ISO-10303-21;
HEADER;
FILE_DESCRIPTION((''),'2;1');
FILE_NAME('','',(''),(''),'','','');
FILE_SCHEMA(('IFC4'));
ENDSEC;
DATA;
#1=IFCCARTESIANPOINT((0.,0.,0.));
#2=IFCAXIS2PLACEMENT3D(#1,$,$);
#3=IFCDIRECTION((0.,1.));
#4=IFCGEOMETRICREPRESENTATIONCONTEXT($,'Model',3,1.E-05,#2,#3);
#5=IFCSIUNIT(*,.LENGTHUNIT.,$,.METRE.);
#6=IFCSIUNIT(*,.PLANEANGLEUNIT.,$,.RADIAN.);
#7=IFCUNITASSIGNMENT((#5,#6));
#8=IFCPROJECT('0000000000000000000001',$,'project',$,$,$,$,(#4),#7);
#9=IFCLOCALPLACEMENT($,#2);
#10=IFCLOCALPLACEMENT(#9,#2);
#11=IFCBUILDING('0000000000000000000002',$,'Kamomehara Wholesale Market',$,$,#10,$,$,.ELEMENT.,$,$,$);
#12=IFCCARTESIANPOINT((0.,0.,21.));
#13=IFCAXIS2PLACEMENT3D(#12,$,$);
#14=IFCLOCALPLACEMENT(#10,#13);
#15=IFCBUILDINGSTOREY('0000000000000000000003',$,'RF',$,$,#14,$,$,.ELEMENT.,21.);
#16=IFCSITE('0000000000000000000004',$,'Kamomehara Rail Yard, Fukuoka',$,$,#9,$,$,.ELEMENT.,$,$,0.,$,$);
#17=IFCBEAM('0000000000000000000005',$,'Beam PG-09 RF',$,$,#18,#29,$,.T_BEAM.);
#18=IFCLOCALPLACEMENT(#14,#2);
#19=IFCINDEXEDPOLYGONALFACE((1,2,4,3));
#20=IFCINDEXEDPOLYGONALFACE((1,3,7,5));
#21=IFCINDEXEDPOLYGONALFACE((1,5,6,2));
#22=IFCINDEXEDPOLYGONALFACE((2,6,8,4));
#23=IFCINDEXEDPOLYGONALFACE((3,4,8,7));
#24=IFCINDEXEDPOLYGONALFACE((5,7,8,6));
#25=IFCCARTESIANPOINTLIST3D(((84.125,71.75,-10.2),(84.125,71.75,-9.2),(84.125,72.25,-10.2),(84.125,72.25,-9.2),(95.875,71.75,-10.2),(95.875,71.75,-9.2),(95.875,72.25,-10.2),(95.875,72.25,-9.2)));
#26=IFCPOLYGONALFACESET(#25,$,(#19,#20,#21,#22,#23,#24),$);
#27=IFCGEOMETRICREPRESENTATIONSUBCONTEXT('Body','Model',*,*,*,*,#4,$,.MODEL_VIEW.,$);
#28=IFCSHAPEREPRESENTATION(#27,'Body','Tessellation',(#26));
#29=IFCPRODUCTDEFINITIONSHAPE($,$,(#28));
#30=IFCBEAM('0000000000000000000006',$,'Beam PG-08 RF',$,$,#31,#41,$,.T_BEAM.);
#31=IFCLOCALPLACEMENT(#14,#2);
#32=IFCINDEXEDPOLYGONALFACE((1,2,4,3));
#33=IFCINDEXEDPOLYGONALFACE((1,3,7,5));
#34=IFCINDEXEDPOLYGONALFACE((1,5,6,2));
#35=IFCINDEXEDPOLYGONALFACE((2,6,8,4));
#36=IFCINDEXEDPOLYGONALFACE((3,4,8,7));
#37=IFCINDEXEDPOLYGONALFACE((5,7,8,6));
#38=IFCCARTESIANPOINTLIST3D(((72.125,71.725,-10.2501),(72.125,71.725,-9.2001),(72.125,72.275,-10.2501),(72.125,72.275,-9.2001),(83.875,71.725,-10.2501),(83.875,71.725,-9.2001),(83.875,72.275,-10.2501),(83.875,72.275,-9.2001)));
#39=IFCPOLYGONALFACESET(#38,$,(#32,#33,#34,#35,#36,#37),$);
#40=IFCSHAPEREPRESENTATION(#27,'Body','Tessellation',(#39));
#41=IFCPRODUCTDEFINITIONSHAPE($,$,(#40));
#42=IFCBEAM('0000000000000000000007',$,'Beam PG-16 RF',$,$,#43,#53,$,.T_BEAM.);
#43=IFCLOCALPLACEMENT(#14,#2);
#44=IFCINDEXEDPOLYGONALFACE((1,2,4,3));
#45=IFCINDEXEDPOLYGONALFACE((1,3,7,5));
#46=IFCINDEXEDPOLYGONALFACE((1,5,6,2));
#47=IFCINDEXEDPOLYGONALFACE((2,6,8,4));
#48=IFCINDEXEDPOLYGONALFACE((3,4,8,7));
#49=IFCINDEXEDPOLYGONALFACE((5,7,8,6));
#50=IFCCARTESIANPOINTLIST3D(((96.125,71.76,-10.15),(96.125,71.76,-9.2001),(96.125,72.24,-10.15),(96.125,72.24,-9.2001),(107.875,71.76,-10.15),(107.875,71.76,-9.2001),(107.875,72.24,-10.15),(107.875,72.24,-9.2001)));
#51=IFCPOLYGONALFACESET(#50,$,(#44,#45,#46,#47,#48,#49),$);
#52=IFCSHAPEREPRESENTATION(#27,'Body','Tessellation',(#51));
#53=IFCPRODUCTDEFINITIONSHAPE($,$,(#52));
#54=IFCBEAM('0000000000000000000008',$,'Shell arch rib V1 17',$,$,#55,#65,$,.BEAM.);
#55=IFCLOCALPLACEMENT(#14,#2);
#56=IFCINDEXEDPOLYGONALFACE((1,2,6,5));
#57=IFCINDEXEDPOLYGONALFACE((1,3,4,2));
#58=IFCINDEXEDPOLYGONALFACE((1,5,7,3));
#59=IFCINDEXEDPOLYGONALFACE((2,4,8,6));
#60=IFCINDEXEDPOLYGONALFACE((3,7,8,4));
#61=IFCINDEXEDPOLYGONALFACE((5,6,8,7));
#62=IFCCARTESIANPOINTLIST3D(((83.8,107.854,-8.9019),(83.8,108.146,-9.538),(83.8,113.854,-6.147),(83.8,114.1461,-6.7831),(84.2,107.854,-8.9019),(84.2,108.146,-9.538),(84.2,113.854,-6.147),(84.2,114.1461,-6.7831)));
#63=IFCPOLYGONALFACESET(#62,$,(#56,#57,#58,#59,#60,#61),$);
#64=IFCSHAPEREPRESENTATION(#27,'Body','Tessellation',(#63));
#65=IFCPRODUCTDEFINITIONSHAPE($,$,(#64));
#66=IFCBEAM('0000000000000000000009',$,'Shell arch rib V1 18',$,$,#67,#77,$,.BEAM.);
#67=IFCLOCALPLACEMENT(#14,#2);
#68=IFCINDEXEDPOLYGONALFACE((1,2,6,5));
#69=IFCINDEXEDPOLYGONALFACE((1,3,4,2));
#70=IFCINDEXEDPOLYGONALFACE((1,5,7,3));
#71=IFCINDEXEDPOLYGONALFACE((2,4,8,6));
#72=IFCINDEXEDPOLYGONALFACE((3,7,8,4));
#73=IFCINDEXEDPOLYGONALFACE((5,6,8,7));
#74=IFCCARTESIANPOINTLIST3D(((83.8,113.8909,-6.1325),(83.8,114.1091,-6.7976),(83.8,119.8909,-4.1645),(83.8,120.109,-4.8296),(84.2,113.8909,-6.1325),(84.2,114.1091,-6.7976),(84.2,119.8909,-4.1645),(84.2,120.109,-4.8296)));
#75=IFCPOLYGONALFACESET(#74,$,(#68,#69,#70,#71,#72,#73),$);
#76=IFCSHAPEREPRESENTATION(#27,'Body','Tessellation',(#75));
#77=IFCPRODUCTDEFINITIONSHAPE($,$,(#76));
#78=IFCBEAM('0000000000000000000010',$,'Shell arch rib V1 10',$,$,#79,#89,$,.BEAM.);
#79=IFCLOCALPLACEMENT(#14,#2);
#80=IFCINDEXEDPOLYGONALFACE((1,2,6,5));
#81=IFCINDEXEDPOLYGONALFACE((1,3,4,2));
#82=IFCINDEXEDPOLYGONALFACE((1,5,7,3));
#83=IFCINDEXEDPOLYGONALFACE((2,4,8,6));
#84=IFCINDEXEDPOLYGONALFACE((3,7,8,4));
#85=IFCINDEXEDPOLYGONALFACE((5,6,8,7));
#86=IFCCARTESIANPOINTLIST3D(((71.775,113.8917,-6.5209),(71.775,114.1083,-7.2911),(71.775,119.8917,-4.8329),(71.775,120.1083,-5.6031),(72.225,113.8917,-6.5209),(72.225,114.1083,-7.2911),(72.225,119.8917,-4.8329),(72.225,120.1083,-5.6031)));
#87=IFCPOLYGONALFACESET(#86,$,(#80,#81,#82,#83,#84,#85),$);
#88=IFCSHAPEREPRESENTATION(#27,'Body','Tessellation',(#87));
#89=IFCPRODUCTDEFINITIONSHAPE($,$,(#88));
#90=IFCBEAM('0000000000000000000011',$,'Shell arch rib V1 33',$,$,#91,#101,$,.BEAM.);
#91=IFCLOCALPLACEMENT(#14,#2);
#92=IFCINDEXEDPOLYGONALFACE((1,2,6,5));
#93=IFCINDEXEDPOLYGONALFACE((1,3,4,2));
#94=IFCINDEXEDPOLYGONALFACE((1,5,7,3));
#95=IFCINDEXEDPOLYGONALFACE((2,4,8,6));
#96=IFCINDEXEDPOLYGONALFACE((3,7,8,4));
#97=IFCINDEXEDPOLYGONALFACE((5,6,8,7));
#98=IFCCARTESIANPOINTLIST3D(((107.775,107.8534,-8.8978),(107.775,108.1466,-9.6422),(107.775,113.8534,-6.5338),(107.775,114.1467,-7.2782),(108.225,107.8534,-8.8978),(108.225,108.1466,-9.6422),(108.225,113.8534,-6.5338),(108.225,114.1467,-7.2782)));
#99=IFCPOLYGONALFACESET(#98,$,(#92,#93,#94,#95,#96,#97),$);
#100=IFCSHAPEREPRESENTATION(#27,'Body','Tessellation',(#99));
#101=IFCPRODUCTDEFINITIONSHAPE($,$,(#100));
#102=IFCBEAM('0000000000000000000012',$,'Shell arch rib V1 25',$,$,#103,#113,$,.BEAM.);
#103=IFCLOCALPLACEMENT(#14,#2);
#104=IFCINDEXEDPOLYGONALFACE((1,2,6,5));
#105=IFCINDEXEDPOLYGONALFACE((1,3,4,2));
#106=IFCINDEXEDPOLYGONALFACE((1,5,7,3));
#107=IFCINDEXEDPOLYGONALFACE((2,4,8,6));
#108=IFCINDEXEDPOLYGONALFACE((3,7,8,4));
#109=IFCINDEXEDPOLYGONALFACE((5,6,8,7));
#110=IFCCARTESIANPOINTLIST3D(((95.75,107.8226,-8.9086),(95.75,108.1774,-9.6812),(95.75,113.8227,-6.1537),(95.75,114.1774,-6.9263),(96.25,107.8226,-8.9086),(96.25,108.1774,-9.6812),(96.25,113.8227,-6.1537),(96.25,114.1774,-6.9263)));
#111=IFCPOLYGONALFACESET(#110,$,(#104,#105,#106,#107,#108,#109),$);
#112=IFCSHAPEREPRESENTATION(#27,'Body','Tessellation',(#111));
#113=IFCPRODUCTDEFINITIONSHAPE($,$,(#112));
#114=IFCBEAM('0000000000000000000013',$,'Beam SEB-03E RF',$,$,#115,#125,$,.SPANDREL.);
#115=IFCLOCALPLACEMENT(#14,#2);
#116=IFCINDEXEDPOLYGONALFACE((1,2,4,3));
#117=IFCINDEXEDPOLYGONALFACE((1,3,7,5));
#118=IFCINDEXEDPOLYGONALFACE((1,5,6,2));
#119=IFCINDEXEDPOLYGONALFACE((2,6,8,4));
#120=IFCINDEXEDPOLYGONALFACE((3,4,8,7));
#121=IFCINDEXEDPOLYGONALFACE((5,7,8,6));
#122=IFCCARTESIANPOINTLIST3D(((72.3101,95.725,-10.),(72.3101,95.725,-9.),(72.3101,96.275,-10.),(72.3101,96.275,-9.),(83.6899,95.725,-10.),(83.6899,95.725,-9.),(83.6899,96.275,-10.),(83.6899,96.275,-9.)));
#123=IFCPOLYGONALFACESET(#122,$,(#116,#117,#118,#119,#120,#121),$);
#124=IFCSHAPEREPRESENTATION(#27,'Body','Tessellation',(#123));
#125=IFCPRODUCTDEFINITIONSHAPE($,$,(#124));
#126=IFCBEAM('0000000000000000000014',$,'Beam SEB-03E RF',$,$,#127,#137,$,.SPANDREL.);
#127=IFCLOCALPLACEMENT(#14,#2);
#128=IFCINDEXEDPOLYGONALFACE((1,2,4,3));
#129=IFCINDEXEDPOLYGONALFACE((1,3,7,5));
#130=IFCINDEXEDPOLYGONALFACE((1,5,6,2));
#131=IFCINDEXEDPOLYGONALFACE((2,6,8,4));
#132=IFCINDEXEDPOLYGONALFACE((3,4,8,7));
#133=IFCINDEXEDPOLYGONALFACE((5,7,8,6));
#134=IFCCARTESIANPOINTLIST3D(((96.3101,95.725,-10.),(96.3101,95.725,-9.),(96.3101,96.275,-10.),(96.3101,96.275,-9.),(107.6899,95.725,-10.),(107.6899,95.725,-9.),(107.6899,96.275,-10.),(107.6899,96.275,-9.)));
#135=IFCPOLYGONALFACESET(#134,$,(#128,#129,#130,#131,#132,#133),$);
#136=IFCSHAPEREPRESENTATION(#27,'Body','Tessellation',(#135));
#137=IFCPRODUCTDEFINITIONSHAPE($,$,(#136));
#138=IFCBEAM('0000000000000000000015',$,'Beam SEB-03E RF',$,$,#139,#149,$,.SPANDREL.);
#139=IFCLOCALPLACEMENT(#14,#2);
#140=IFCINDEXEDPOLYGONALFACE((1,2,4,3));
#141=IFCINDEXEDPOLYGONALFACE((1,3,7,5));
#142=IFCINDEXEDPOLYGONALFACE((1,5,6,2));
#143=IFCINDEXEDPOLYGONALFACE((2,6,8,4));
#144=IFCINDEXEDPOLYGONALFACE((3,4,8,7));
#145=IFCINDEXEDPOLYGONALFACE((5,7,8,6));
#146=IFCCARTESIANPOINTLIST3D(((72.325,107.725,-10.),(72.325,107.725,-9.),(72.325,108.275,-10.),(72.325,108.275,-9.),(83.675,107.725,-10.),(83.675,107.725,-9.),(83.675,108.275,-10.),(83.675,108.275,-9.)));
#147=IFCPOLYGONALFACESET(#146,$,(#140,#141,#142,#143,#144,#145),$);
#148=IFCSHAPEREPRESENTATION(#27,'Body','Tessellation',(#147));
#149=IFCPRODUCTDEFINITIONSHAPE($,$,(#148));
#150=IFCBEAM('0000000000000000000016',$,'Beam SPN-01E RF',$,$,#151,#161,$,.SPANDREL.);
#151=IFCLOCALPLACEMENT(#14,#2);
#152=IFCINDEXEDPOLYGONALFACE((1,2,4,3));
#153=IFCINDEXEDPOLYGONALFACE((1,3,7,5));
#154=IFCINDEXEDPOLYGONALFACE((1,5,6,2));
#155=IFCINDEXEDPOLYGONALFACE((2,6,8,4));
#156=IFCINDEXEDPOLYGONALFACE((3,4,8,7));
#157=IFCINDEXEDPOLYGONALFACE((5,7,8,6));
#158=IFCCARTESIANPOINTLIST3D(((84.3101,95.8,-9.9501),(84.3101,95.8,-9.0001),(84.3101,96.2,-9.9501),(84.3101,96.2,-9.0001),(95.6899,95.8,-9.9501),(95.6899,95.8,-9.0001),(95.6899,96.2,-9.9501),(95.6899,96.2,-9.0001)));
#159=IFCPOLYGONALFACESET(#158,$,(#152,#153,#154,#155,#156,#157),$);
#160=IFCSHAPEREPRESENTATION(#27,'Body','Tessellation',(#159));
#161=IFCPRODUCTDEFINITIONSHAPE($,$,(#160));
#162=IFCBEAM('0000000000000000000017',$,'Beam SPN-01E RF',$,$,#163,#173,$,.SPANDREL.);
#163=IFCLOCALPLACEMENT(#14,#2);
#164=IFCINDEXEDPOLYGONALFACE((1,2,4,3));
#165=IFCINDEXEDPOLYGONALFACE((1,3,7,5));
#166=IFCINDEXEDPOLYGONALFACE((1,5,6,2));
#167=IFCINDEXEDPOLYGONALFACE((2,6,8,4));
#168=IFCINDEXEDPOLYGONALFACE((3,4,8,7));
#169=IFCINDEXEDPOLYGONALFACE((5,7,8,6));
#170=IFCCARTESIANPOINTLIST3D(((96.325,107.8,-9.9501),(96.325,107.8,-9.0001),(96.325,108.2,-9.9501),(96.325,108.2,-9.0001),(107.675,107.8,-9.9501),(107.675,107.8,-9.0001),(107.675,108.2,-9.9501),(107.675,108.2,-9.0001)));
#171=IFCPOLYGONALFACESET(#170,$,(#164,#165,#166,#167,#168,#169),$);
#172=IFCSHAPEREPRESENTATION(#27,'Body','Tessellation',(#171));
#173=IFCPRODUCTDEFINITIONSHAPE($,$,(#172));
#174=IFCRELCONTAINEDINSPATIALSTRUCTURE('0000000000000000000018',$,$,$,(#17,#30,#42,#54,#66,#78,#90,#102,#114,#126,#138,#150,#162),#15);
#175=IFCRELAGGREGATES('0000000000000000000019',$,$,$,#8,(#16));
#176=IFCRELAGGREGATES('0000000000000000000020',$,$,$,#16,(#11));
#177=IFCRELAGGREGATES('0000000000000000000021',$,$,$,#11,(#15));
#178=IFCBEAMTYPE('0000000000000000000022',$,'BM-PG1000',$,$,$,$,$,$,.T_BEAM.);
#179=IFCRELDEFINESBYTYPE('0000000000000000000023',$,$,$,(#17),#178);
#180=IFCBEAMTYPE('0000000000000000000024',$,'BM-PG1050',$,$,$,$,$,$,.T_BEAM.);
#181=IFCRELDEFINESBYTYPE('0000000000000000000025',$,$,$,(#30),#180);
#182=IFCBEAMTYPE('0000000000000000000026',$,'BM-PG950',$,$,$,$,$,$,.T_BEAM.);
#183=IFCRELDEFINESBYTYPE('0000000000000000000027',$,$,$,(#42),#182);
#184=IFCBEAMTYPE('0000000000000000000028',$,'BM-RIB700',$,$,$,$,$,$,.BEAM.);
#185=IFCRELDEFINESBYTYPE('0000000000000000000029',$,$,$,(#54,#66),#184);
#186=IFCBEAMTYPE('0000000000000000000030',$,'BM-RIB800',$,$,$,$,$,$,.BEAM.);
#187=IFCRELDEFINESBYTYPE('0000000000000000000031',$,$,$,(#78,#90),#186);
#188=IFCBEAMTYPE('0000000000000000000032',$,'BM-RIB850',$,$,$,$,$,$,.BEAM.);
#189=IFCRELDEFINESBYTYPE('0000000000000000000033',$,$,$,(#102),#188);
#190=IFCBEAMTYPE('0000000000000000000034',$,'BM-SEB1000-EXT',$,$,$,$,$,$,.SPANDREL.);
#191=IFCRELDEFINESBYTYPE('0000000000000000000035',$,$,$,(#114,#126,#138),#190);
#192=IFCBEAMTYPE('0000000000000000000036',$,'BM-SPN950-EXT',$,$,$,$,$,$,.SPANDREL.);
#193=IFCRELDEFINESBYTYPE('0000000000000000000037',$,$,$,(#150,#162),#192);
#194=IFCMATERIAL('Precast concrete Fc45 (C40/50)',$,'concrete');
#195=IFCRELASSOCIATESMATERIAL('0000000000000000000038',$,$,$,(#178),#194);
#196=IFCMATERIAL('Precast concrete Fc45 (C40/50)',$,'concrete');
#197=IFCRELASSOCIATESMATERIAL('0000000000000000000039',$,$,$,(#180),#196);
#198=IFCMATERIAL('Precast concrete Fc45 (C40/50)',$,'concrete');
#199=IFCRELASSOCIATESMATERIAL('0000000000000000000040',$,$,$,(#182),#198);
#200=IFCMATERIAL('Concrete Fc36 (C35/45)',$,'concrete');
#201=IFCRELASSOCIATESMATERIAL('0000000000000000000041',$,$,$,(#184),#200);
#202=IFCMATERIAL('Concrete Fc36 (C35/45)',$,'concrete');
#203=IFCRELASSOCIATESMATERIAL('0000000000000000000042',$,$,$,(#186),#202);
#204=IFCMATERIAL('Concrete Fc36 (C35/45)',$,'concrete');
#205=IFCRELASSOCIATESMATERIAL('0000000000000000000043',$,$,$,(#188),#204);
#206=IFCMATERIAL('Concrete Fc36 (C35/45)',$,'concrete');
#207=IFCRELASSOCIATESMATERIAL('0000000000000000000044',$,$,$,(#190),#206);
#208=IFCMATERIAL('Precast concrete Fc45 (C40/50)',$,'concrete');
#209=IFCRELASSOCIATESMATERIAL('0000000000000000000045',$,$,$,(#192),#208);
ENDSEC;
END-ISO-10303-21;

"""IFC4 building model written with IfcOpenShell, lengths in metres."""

from ifc_helpers import new_model, si_unit, direction, frame, origin, origin_2d, place, context, subcontext, project, spatial, rectangle, extrude, material, material_profile, profile_set, type_object, element, save


model = new_model("IFC4")

# Units and contexts
model_context = context("Model", 3, precision=1e-05, world=origin(), true_north=direction((0.0, 1.0)))
body_context = subcontext(model_context, "Body", "Model", "MODEL_VIEW")
ifc_project = project(units=[si_unit("LENGTHUNIT", "METRE"), si_unit("PLANEANGLEUNIT", "RADIAN")], contexts=[model_context])

# Site, building, storey
site_placement = place(None, origin())
site = spatial("IfcSite", under=ifc_project, at=site_placement, Name="Kamomehara Rail Yard, Fukuoka", CompositionType="ELEMENT", RefElevation=0.0)
building_placement = place(site_placement, origin())
building = spatial("IfcBuilding", under=site, at=building_placement, Name="Kamomehara Wholesale Market", CompositionType="ELEMENT")
storey_placement = place(building_placement, frame((0.0, 0.0, 21.0)))
storey = spatial("IfcBuildingStorey", under=building, at=storey_placement, Name="RF", CompositionType="ELEMENT", Elevation=21.0)

# Beams
ifc_material_1 = material(Name="Precast concrete Fc45 (C40/50)", Category="concrete")
ifc_material_profile_1 = material_profile(ifc_material_1, rectangle(XDim=0.5, YDim=1.0, at=origin_2d()), Name="PC-GRD-500x1000")
ifc_profile_set_1 = profile_set([ifc_material_profile_1], Name="Precast concrete Fc45 (C40/50)")
beam_type_1 = type_object("IfcBeamType", Name="BM-PG1000", PredefinedType="T_BEAM", material=ifc_profile_set_1)
beam_1_placement = place(storey_placement, frame((84.125, 72.0, -9.7), z_axis=(1.0, 0.0, 0.0), x_axis=(0.0, 1.0, 0.0)))
element("IfcBeam", 1, at=beam_1_placement, inside=storey, type_object=beam_type_1, Name="Beam PG-09 RF", PredefinedType="T_BEAM", context=body_context, shape_type="SweptSolid", body=[
    extrude(rectangle(XDim=0.5, YDim=1.0, at=origin_2d()), origin(), (0.0, 0.0, 1.0), 11.75),
])
ifc_material_2 = material(Name="Precast concrete Fc45 (C40/50)", Category="concrete")
ifc_material_profile_2 = material_profile(ifc_material_2, rectangle(XDim=0.55, YDim=1.05, at=origin_2d()), Name="PC-GRD-550x1050")
ifc_profile_set_2 = profile_set([ifc_material_profile_2], Name="Precast concrete Fc45 (C40/50)")
beam_type_2 = type_object("IfcBeamType", Name="BM-PG1050", PredefinedType="T_BEAM", material=ifc_profile_set_2)
beam_2_placement = place(storey_placement, frame((72.125, 72.0, -9.7251), z_axis=(1.0, 0.0, 0.0), x_axis=(0.0, 1.0, 0.0)))
element("IfcBeam", 2, at=beam_2_placement, inside=storey, type_object=beam_type_2, Name="Beam PG-08 RF", PredefinedType="T_BEAM", context=body_context, shape_type="SweptSolid", body=[
    extrude(rectangle(XDim=0.55, YDim=1.05, at=origin_2d()), origin(), (0.0, 0.0, 1.0), 11.75),
])
ifc_material_3 = material(Name="Precast concrete Fc45 (C40/50)", Category="concrete")
ifc_material_profile_3 = material_profile(ifc_material_3, rectangle(XDim=0.48, YDim=0.95, at=origin_2d()), Name="PC-GRD-480x950")
ifc_profile_set_3 = profile_set([ifc_material_profile_3], Name="Precast concrete Fc45 (C40/50)")
beam_type_3 = type_object("IfcBeamType", Name="BM-PG950", PredefinedType="T_BEAM", material=ifc_profile_set_3)
beam_3_placement = place(storey_placement, frame((96.125, 72.0, -9.675), z_axis=(1.0, 0.0, 0.0), x_axis=(0.0, 1.0, 0.0)))
element("IfcBeam", 3, at=beam_3_placement, inside=storey, type_object=beam_type_3, Name="Beam PG-16 RF", PredefinedType="T_BEAM", context=body_context, shape_type="SweptSolid", body=[
    extrude(rectangle(XDim=0.48, YDim=0.95, at=origin_2d()), origin(), (0.0, 0.0, 1.0), 11.75),
])
ifc_material_4 = material(Name="Concrete Fc36 (C35/45)", Category="concrete")
ifc_material_profile_4 = material_profile(ifc_material_4, rectangle(XDim=0.3999, YDim=0.7, at=origin_2d()), Name="RC-RIB-400x700")
ifc_profile_set_4 = profile_set([ifc_material_profile_4], Name="Concrete Fc36 (C35/45)")
beam_type_4 = type_object("IfcBeamType", Name="BM-RIB700", PredefinedType="BEAM", material=ifc_profile_set_4)
beam_4_placement = place(storey_placement, frame((84.0, 108.0, -9.22), z_axis=(0.0, 0.908784, 0.417266), x_axis=(-1.0, 0.0, 0.0)))
element("IfcBeam", 4, at=beam_4_placement, inside=storey, type_object=beam_type_4, Name="Shell arch rib V1 17", PredefinedType="BEAM", context=body_context, shape_type="SweptSolid", body=[
    extrude(rectangle(XDim=0.3999, YDim=0.7, at=origin_2d()), origin(), (0.0, 0.0, 1.0), 6.6023),
])
beam_5_placement = place(storey_placement, frame((84.0, 114.0, -6.4651), z_axis=(0.0, 0.950192, 0.311666), x_axis=(-1.0, 0.0, 0.0)))
element("IfcBeam", 5, at=beam_5_placement, inside=storey, type_object=beam_type_4, Name="Shell arch rib V1 18", PredefinedType="BEAM", context=body_context, shape_type="SweptSolid", body=[
    extrude(rectangle(XDim=0.3999, YDim=0.7, at=origin_2d()), origin(), (0.0, 0.0, 1.0), 6.3145),
])
ifc_material_5 = material(Name="Concrete Fc36 (C35/45)", Category="concrete")
ifc_material_profile_5 = material_profile(ifc_material_5, rectangle(XDim=0.45, YDim=0.8, at=origin_2d()), Name="RC-RIB-450x800")
ifc_profile_set_5 = profile_set([ifc_material_profile_5], Name="Concrete Fc36 (C35/45)")
beam_type_5 = type_object("IfcBeamType", Name="BM-RIB800", PredefinedType="BEAM", material=ifc_profile_set_5)
beam_6_placement = place(storey_placement, frame((72.0, 114.0, -6.906), z_axis=(0.0, 0.962631, 0.270818), x_axis=(-1.0, 0.0, 0.0)))
element("IfcBeam", 6, at=beam_6_placement, inside=storey, type_object=beam_type_5, Name="Shell arch rib V1 10", PredefinedType="BEAM", context=body_context, shape_type="SweptSolid", body=[
    extrude(rectangle(XDim=0.45, YDim=0.8, at=origin_2d()), origin(), (0.0, 0.0, 1.0), 6.2329),
])
beam_7_placement = place(storey_placement, frame((108.0, 108.0, -9.27), z_axis=(0.0, 0.930388, 0.366575), x_axis=(-1.0, 0.0, 0.0)))
element("IfcBeam", 7, at=beam_7_placement, inside=storey, type_object=beam_type_5, Name="Shell arch rib V1 33", PredefinedType="BEAM", context=body_context, shape_type="SweptSolid", body=[
    extrude(rectangle(XDim=0.45, YDim=0.8, at=origin_2d()), origin(), (0.0, 0.0, 1.0), 6.449),
])
ifc_material_6 = material(Name="Concrete Fc36 (C35/45)", Category="concrete")
ifc_material_profile_6 = material_profile(ifc_material_6, rectangle(XDim=0.5, YDim=0.8501, at=origin_2d()), Name="RC-RIB-500x850")
ifc_profile_set_6 = profile_set([ifc_material_profile_6], Name="Concrete Fc36 (C35/45)")
beam_type_6 = type_object("IfcBeamType", Name="BM-RIB850", PredefinedType="BEAM", material=ifc_profile_set_6)
beam_8_placement = place(storey_placement, frame((96.0, 108.0, -9.2949), z_axis=(0.0, 0.908784, 0.417266), x_axis=(-1.0, 0.0, 0.0)))
element("IfcBeam", 8, at=beam_8_placement, inside=storey, type_object=beam_type_6, Name="Shell arch rib V1 25", PredefinedType="BEAM", context=body_context, shape_type="SweptSolid", body=[
    extrude(rectangle(XDim=0.5, YDim=0.8501, at=origin_2d()), origin(), (0.0, 0.0, 1.0), 6.6023),
])
ifc_material_7 = material(Name="Concrete Fc36 (C35/45)", Category="concrete")
ifc_material_profile_7 = material_profile(ifc_material_7, rectangle(XDim=0.55, YDim=1.0, at=origin_2d()), Name="RC-SEB-550x1000")
ifc_profile_set_7 = profile_set([ifc_material_profile_7], Name="Concrete Fc36 (C35/45)")
beam_type_7 = type_object("IfcBeamType", Name="BM-SEB1000-EXT", PredefinedType="SPANDREL", material=ifc_profile_set_7)
for number, where, z_axis, x_axis, name in (
    (9, (72.3101, 96.0, -9.5), (1.0, 0.0, 0.0), (0.0, 1.0, 0.0), "Beam SEB-03E RF"),
    (10, (96.3101, 96.0, -9.5), (1.0, 0.0, 0.0), (0.0, 1.0, 0.0), "Beam SEB-03E RF"),
):
    element("IfcBeam", number, at=place(storey_placement, frame(where, z_axis=z_axis, x_axis=x_axis)), inside=storey, type_object=beam_type_7, Name=name, PredefinedType="SPANDREL", context=body_context, shape_type="SweptSolid", body=[
        extrude(rectangle(XDim=0.55, YDim=1.0, at=origin_2d()), origin(), (0.0, 0.0, 1.0), 11.3799),
    ])
beam_9_placement = place(storey_placement, frame((72.325, 108.0, -9.5), z_axis=(1.0, 0.0, 0.0), x_axis=(0.0, 1.0, 0.0)))
element("IfcBeam", 11, at=beam_9_placement, inside=storey, type_object=beam_type_7, Name="Beam SEB-03E RF", PredefinedType="SPANDREL", context=body_context, shape_type="SweptSolid", body=[
    extrude(rectangle(XDim=0.55, YDim=1.0, at=origin_2d()), origin(), (0.0, 0.0, 1.0), 11.3501),
])
ifc_material_8 = material(Name="Precast concrete Fc45 (C40/50)", Category="concrete")
ifc_material_profile_8 = material_profile(ifc_material_8, rectangle(XDim=0.3999, YDim=0.95, at=origin_2d()), Name="PC-SPN-400x950")
ifc_profile_set_8 = profile_set([ifc_material_profile_8], Name="Precast concrete Fc45 (C40/50)")
beam_type_8 = type_object("IfcBeamType", Name="BM-SPN950-EXT", PredefinedType="SPANDREL", material=ifc_profile_set_8)
beam_10_placement = place(storey_placement, frame((84.3101, 96.0, -9.4751), z_axis=(1.0, 0.0, 0.0), x_axis=(0.0, 1.0, 0.0)))
element("IfcBeam", 12, at=beam_10_placement, inside=storey, type_object=beam_type_8, Name="Beam SPN-01E RF", PredefinedType="SPANDREL", context=body_context, shape_type="SweptSolid", body=[
    extrude(rectangle(XDim=0.3999, YDim=0.95, at=origin_2d()), origin(), (0.0, 0.0, 1.0), 11.3799),
])
beam_11_placement = place(storey_placement, frame((96.325, 108.0, -9.4751), z_axis=(1.0, 0.0, 0.0), x_axis=(0.0, 1.0, 0.0)))
element("IfcBeam", 13, at=beam_11_placement, inside=storey, type_object=beam_type_8, Name="Beam SPN-01E RF", PredefinedType="SPANDREL", context=body_context, shape_type="SweptSolid", body=[
    extrude(rectangle(XDim=0.3999, YDim=0.95, at=origin_2d()), origin(), (0.0, 0.0, 1.0), 11.3501),
])

save(model, "model.ifc")
